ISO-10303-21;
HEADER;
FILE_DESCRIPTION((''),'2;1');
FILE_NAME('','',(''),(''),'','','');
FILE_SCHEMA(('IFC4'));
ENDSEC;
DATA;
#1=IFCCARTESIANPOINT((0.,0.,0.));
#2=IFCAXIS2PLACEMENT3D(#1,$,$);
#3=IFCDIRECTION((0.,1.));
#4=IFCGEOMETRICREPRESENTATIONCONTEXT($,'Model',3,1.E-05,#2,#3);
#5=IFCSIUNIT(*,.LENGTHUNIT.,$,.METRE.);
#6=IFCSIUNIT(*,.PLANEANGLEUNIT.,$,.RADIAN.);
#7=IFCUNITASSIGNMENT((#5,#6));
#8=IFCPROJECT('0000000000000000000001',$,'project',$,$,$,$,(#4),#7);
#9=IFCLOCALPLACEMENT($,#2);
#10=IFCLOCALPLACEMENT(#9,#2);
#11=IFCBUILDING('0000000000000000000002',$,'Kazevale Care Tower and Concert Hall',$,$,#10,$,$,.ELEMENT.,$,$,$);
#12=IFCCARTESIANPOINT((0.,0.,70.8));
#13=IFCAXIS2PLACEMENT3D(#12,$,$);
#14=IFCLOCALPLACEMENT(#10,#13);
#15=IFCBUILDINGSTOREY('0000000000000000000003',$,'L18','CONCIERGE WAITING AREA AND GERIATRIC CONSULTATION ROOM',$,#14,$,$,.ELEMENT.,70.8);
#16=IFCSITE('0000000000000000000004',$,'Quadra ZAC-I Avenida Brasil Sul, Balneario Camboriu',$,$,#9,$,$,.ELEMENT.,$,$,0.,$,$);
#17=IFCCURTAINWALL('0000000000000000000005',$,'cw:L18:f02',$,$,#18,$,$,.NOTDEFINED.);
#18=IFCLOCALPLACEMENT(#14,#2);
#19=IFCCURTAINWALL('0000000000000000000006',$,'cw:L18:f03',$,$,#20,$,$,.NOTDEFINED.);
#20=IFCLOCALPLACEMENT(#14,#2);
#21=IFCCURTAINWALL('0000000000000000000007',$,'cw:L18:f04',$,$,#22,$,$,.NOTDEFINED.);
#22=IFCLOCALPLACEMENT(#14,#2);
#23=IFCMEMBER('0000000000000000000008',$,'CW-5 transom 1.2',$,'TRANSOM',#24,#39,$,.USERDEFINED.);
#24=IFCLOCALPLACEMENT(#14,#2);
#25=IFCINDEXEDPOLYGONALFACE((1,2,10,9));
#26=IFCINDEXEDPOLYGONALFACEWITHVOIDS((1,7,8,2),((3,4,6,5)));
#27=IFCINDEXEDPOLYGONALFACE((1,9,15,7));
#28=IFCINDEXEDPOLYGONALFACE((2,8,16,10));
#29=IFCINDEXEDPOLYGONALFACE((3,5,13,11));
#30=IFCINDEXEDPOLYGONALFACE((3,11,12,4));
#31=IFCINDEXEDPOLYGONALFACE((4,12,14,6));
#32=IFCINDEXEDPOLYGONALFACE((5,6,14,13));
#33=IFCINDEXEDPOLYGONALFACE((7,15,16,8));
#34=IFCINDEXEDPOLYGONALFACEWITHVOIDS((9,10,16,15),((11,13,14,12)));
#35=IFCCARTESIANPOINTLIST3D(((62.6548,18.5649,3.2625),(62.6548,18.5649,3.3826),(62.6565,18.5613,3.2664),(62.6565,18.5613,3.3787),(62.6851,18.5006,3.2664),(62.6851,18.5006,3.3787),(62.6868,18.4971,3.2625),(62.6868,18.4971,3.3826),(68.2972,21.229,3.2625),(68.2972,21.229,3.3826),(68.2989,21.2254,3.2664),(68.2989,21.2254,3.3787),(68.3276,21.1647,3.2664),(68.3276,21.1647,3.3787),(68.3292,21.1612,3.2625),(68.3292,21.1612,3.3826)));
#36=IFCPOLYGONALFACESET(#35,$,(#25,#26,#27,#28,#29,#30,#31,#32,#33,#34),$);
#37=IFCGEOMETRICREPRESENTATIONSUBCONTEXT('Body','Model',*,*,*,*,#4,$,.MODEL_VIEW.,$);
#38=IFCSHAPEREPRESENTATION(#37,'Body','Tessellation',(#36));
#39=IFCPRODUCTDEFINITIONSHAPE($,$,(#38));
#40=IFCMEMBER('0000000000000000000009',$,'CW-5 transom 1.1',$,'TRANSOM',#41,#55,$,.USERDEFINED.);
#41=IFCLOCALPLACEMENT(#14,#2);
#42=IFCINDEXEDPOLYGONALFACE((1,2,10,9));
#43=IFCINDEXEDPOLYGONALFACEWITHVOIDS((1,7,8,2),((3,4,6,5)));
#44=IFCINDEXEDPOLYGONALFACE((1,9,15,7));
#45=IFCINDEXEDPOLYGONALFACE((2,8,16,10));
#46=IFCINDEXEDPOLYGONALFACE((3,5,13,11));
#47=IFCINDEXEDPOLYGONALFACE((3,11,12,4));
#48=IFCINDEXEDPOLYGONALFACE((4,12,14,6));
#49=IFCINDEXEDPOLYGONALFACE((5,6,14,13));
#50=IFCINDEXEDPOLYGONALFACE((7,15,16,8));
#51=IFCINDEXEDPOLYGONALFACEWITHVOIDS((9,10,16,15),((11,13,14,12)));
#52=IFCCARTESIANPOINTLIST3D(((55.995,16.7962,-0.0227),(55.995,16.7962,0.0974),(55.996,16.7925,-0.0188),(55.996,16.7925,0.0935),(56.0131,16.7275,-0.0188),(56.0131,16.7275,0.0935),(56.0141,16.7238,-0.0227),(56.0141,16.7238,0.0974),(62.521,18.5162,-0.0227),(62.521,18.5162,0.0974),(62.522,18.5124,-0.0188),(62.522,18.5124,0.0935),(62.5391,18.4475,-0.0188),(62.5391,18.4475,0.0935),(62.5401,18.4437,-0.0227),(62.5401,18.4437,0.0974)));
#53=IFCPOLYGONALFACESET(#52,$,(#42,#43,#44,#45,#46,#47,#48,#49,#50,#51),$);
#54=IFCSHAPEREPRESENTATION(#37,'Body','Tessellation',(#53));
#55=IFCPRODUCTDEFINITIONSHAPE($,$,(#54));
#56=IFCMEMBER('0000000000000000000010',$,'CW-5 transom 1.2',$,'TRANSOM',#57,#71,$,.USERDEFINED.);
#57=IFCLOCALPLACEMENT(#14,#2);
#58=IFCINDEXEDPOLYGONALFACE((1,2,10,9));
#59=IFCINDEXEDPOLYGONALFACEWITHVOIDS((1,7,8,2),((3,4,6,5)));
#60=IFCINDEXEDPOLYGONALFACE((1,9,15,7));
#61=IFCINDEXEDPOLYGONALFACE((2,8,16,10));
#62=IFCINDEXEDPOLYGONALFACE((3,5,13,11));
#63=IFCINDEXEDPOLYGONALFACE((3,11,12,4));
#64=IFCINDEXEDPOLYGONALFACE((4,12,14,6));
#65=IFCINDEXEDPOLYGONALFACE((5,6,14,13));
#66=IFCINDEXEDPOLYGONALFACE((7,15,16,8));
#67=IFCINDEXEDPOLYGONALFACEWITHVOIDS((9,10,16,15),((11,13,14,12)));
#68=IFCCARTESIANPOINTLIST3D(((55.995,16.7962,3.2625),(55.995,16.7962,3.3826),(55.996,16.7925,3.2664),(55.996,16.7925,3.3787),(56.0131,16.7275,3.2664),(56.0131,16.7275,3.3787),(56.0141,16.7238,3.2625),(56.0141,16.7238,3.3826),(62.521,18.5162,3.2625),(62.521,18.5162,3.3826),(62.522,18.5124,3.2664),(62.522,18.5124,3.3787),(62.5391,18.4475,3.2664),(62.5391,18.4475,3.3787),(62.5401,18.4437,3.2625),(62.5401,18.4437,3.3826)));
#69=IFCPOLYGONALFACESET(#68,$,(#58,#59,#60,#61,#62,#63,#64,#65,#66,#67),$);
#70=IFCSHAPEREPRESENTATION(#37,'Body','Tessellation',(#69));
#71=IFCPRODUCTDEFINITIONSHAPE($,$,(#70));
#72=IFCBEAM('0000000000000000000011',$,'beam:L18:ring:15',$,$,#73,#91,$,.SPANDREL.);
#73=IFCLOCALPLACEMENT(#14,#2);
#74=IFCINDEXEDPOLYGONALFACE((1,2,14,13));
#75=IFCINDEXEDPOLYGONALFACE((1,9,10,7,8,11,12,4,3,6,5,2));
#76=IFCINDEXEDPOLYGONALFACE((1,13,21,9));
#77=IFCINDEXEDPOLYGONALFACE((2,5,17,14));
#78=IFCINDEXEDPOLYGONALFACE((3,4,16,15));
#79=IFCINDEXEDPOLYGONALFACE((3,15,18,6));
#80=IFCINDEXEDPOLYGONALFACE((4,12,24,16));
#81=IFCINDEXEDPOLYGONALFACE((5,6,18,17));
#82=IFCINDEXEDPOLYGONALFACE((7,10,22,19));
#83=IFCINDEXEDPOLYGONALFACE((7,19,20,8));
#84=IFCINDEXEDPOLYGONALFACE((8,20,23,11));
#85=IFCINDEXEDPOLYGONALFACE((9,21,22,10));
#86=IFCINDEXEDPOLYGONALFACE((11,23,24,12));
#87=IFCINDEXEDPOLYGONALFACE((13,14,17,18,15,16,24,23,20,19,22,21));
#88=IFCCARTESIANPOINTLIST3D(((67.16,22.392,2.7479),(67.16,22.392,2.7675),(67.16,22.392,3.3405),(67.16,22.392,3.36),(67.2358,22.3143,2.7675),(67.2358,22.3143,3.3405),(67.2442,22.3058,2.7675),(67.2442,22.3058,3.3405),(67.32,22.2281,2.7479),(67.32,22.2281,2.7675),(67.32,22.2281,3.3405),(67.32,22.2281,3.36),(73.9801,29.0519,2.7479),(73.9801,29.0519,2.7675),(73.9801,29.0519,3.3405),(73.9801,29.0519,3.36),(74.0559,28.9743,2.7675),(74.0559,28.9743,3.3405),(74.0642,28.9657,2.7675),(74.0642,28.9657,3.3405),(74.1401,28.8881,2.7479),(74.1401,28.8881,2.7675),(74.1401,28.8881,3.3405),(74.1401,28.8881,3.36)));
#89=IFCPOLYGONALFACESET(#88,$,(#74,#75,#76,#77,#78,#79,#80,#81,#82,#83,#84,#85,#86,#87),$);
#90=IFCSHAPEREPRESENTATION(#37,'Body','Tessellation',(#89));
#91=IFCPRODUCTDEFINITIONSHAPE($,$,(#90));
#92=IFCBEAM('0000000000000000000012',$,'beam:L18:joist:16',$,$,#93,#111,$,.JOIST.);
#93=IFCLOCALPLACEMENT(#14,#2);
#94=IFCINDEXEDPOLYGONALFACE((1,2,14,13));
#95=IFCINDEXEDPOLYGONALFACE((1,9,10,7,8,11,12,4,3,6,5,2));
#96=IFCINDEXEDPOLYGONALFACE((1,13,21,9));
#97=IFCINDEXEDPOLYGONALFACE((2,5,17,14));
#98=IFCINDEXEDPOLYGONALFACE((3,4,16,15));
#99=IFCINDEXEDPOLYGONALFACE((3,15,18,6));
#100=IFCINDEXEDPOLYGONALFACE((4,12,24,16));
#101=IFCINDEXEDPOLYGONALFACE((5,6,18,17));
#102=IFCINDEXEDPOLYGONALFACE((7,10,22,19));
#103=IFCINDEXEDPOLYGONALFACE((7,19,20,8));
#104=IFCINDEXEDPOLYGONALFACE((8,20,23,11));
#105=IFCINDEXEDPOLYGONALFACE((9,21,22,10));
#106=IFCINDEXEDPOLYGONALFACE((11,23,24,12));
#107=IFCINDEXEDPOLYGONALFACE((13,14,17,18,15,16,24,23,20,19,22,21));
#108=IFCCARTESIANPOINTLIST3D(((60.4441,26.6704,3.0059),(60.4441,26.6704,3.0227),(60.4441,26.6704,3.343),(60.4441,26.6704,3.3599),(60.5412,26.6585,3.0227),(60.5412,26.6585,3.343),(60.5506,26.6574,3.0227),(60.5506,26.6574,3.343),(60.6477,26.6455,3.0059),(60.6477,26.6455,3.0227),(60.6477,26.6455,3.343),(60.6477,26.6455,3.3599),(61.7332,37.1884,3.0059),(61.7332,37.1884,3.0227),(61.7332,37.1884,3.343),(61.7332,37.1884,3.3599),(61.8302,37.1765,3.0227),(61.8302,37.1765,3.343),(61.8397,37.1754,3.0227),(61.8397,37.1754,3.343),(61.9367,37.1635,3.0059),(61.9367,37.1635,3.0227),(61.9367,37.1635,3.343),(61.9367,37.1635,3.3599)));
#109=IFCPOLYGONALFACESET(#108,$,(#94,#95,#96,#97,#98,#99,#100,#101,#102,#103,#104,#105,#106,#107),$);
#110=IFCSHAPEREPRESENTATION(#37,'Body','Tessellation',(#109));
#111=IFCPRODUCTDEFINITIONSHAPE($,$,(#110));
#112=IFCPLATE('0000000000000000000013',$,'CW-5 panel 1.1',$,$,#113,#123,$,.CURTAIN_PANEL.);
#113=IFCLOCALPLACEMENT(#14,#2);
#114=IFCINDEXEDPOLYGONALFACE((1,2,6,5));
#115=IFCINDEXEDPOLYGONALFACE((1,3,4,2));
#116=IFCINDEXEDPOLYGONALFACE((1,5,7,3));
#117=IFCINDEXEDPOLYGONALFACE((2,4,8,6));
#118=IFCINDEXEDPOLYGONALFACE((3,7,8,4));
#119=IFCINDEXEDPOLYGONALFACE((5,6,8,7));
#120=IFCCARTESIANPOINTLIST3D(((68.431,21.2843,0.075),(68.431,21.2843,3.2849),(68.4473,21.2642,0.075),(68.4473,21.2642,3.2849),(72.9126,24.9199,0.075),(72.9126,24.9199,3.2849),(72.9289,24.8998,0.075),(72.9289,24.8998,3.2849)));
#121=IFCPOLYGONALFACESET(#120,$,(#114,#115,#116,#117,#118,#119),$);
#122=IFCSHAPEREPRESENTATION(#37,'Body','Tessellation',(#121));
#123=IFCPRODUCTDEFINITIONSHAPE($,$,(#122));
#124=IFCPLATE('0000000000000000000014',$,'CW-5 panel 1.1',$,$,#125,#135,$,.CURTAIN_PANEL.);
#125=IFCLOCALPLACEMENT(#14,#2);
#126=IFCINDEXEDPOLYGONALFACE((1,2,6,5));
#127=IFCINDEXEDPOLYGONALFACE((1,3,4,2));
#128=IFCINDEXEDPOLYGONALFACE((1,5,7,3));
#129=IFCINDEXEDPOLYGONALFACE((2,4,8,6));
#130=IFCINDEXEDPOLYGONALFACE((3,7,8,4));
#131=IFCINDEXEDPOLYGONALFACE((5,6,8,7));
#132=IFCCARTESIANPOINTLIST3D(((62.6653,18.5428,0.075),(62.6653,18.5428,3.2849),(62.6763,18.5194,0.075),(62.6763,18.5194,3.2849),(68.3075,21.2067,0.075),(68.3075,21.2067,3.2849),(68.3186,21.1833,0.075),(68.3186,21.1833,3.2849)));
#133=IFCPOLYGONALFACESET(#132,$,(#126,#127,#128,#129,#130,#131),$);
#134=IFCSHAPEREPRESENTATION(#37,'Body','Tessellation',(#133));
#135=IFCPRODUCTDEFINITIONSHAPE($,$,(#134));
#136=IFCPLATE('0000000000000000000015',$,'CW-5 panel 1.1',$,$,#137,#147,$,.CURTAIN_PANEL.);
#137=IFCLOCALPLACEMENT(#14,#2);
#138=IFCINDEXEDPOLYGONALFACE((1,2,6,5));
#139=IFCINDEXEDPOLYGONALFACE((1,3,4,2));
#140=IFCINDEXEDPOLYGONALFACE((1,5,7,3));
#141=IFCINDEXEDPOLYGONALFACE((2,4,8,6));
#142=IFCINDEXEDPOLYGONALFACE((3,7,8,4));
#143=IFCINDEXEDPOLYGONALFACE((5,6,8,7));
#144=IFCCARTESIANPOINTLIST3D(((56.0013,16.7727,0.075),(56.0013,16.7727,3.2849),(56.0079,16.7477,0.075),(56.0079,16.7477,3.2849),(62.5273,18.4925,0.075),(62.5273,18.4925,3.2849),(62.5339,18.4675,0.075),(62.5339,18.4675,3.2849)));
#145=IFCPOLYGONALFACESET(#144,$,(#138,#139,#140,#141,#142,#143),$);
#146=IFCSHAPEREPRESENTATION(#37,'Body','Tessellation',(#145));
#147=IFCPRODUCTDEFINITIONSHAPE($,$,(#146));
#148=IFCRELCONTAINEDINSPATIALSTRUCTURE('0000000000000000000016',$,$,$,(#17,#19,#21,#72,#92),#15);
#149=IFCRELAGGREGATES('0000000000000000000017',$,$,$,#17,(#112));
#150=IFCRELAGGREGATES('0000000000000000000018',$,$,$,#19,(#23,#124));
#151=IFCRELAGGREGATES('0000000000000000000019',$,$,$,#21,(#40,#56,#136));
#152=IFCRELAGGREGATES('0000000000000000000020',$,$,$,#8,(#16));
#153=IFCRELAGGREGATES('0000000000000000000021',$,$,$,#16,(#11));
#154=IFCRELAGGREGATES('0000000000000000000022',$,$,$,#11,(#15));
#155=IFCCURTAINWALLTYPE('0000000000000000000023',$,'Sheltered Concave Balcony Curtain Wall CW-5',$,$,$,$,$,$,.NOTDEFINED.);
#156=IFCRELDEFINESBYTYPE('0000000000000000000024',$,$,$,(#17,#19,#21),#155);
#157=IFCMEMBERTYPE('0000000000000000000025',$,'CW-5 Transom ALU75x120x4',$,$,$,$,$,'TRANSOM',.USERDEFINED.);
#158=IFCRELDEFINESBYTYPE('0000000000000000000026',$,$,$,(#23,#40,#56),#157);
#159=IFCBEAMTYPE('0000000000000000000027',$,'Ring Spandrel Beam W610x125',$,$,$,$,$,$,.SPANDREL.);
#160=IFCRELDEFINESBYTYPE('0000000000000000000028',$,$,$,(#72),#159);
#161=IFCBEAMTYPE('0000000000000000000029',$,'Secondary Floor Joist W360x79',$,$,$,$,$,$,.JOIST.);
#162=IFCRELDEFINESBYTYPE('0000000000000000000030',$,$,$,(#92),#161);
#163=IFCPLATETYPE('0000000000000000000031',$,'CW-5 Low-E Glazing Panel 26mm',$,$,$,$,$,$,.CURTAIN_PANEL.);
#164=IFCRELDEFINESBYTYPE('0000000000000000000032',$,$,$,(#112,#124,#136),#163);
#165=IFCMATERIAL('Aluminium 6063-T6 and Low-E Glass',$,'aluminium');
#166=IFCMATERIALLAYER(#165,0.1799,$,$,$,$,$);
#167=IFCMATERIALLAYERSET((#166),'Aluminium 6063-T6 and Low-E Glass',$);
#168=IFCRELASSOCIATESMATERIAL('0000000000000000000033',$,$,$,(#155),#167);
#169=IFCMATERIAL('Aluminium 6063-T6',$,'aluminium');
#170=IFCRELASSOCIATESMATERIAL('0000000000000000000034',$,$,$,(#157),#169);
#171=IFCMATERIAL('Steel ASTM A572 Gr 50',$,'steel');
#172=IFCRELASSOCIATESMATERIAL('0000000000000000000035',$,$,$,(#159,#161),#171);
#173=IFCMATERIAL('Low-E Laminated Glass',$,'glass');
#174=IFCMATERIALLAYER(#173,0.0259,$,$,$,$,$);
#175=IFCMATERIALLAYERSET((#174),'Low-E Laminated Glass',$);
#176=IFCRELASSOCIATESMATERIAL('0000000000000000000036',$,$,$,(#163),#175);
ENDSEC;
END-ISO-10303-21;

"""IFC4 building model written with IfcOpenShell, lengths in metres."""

from ifc_helpers import new_model, si_unit, direction, frame, origin, origin_2d, place, context, subcontext, project, spatial, rectangle, hollow_rectangle, i_section, extrude, material, layer, layer_set, material_profile, profile_set, type_object, element, aggregate, save


model = new_model("IFC4")

# Units and contexts
model_context = context("Model", 3, precision=1e-05, world=origin(), true_north=direction((0.0, 1.0)))
body_context = subcontext(model_context, "Body", "Model", "MODEL_VIEW")
ifc_project = project(units=[si_unit("LENGTHUNIT", "METRE"), si_unit("PLANEANGLEUNIT", "RADIAN")], contexts=[model_context])

# Site, building, storey
site_placement = place(None, origin())
site = spatial("IfcSite", under=ifc_project, at=site_placement, Name="Quadra ZAC-I Avenida Brasil Sul, Balneario Camboriu", CompositionType="ELEMENT", RefElevation=0.0)
building_placement = place(site_placement, origin())
building = spatial("IfcBuilding", under=site, at=building_placement, Name="Kazevale Care Tower and Concert Hall", CompositionType="ELEMENT")
storey_placement = place(building_placement, frame((0.0, 0.0, 70.8)))
storey = spatial("IfcBuildingStorey", under=building, at=storey_placement, Name="L18", Description="CONCIERGE WAITING AREA AND GERIATRIC CONSULTATION ROOM", CompositionType="ELEMENT", Elevation=70.8)

# Curtain walls
ifc_material_1 = material(Name="Aluminium 6063-T6 and Low-E Glass", Category="aluminium")
ifc_layer_1 = layer(ifc_material_1, 0.1799)
ifc_layer_set_1 = layer_set([ifc_layer_1], Name="Aluminium 6063-T6 and Low-E Glass")
curtain_wall_type = type_object("IfcCurtainWallType", Name="Sheltered Concave Balcony Curtain Wall CW-5", PredefinedType="NOTDEFINED", material=ifc_layer_set_1)
curtain_wall_1_placement = place(storey_placement, origin())
curtain_wall_1 = element("IfcCurtainWall", 1, at=curtain_wall_1_placement, inside=storey, type_object=curtain_wall_type, Name="cw:L18:f02", PredefinedType="NOTDEFINED")
ifc_material_2 = material(Name="Aluminium 6063-T6", Category="aluminium")
curtain_wall_2_placement = place(storey_placement, origin())
curtain_wall_2 = element("IfcCurtainWall", 2, at=curtain_wall_2_placement, inside=storey, type_object=curtain_wall_type, Name="cw:L18:f03", PredefinedType="NOTDEFINED")

# Curtain wall
curtain_wall_3_placement = place(storey_placement, origin())
curtain_wall_3 = element("IfcCurtainWall", 3, at=curtain_wall_3_placement, inside=storey, type_object=curtain_wall_type, Name="cw:L18:f04", PredefinedType="NOTDEFINED")

# Members
ifc_material_profile_1 = material_profile(ifc_material_2, hollow_rectangle(XDim=0.075, YDim=0.1201, WallThickness=0.0039, at=origin_2d()), Name="ALU75x120x4")
ifc_profile_set_1 = profile_set([ifc_material_profile_1], Name="Aluminium 6063-T6")
member_type_1 = type_object("IfcMemberType", Name="CW-5 Transom ALU75x120x4", ElementType="TRANSOM", PredefinedType="USERDEFINED", material=ifc_profile_set_1)
member_1_placement = place(storey_placement, frame((68.3132, 21.1951, 3.3225), z_axis=(-0.904272, -0.426957, 0.0), x_axis=(0.426957, -0.904272, 0.0)))
member_1 = element("IfcMember", 4, at=member_1_placement, type_object=member_type_1, Name="CW-5 transom 1.2", ObjectType="TRANSOM", PredefinedType="USERDEFINED", context=body_context, shape_type="SweptSolid", body=[
    extrude(hollow_rectangle(XDim=0.075, YDim=0.1201, WallThickness=0.0039, at=origin_2d()), origin(), (0.0, 0.0, 1.0), 6.2397),
])
member_2_placement = place(storey_placement, frame((62.5305, 18.48, 0.0374), z_axis=(-0.966978, -0.254858, 0.0), x_axis=(0.254858, -0.966978, 0.0)))
member_2 = element("IfcMember", 5, at=member_2_placement, type_object=member_type_1, Name="CW-5 transom 1.1", ObjectType="TRANSOM", PredefinedType="USERDEFINED", context=body_context, shape_type="SweptSolid", body=[
    extrude(hollow_rectangle(XDim=0.075, YDim=0.1201, WallThickness=0.0039, at=origin_2d()), origin(), (0.0, 0.0, 1.0), 6.7488),
])
member_3_placement = place(storey_placement, frame((62.5305, 18.48, 3.3225), z_axis=(-0.966978, -0.254858, 0.0), x_axis=(0.254858, -0.966978, 0.0)))
member_3 = element("IfcMember", 6, at=member_3_placement, type_object=member_type_1, Name="CW-5 transom 1.2", ObjectType="TRANSOM", PredefinedType="USERDEFINED", context=body_context, shape_type="SweptSolid", body=[
    extrude(hollow_rectangle(XDim=0.075, YDim=0.1201, WallThickness=0.0039, at=origin_2d()), origin(), (0.0, 0.0, 1.0), 6.7488),
])

# Beams
ifc_material_3 = material(Name="Steel ASTM A572 Gr 50", Category="steel")
ifc_material_profile_2 = material_profile(ifc_material_3, i_section(OverallWidth=0.229, OverallDepth=0.6121, WebThickness=0.012, FlangeThickness=0.0195, at=origin_2d()), Name="W610x125")
ifc_profile_set_2 = profile_set([ifc_material_profile_2], Name="Steel ASTM A572 Gr 50")
beam_type_1 = type_object("IfcBeamType", Name="Ring Spandrel Beam W610x125", PredefinedType="SPANDREL", material=ifc_profile_set_2)
beam_1_placement = place(storey_placement, frame((67.24, 22.3101, 3.054), z_axis=(0.715457, 0.698656, 0.0), x_axis=(-0.698656, 0.715457, 0.0)))
element("IfcBeam", 7, at=beam_1_placement, inside=storey, type_object=beam_type_1, Name="beam:L18:ring:15", PredefinedType="SPANDREL", context=body_context, shape_type="SweptSolid", body=[
    extrude(i_section(OverallWidth=0.229, OverallDepth=0.6121, WebThickness=0.012, FlangeThickness=0.0195, at=origin_2d()), origin(), (0.0, 0.0, 1.0), 9.5325),
])
ifc_material_profile_3 = material_profile(ifc_material_3, i_section(OverallWidth=0.2051, OverallDepth=0.354, WebThickness=0.0095, FlangeThickness=0.0168, at=origin_2d()), Name="W360x79")
ifc_profile_set_3 = profile_set([ifc_material_profile_3], Name="Steel ASTM A572 Gr 50")
beam_type_2 = type_object("IfcBeamType", Name="Secondary Floor Joist W360x79", PredefinedType="JOIST", material=ifc_profile_set_3)
beam_2_placement = place(storey_placement, frame((60.5459, 26.658, 3.1829), z_axis=(0.121647, 0.992573, 0.0), x_axis=(-0.992573, 0.121647, 0.0)))
element("IfcBeam", 8, at=beam_2_placement, inside=storey, type_object=beam_type_2, Name="beam:L18:joist:16", PredefinedType="JOIST", context=body_context, shape_type="SweptSolid", body=[
    extrude(i_section(OverallWidth=0.2051, OverallDepth=0.354, WebThickness=0.0095, FlangeThickness=0.0168, at=origin_2d()), origin(), (0.0, 0.0, 1.0), 10.5967),
])

# Plates
ifc_material_4 = material(Name="Low-E Laminated Glass", Category="glass")
ifc_layer_2 = layer(ifc_material_4, 0.0259)
ifc_layer_set_2 = layer_set([ifc_layer_2], Name="Low-E Laminated Glass")
plate_type = type_object("IfcPlateType", Name="CW-5 Low-E Glazing Panel 26mm", PredefinedType="CURTAIN_PANEL", material=ifc_layer_set_2)
plate_1_placement = place(storey_placement, frame((70.6799, 23.092, 0.075), z_axis=(0.0, 0.0, 1.0), x_axis=(-0.776599, -0.629995, 0.0)))
plate_1 = element("IfcPlate", 9, at=plate_1_placement, type_object=plate_type, Name="CW-5 panel 1.1", PredefinedType="CURTAIN_PANEL", context=body_context, shape_type="SweptSolid", body=[
    extrude(rectangle(XDim=5.7708, YDim=0.0259, at=origin_2d()), origin(), (0.0, 0.0, 1.0), 3.21),
])
aggregate(curtain_wall_1, [plate_1])
plate_2_placement = place(storey_placement, frame((65.4919, 19.863, 0.075), z_axis=(0.0, 0.0, 1.0), x_axis=(-0.904279, -0.426942, 0.0)))
plate_2 = element("IfcPlate", 10, at=plate_2_placement, type_object=plate_type, Name="CW-5 panel 1.1", PredefinedType="CURTAIN_PANEL", context=body_context, shape_type="SweptSolid", body=[
    extrude(rectangle(XDim=6.2395, YDim=0.0259, at=origin_2d()), origin(), (0.0, 0.0, 1.0), 3.21),
])
aggregate(curtain_wall_2, [member_1, plate_2])
plate_3_placement = place(storey_placement, frame((59.2676, 17.6201, 0.075), z_axis=(0.0, 0.0, 1.0), x_axis=(-0.966986, -0.254829, 0.0)))
plate_3 = element("IfcPlate", 11, at=plate_3_placement, type_object=plate_type, Name="CW-5 panel 1.1", PredefinedType="CURTAIN_PANEL", context=body_context, shape_type="SweptSolid", body=[
    extrude(rectangle(XDim=6.7488, YDim=0.0259, at=origin_2d()), origin(), (0.0, 0.0, 1.0), 3.21),
])
aggregate(curtain_wall_3, [member_2, member_3, plate_3])

save(model, "model.ifc")
